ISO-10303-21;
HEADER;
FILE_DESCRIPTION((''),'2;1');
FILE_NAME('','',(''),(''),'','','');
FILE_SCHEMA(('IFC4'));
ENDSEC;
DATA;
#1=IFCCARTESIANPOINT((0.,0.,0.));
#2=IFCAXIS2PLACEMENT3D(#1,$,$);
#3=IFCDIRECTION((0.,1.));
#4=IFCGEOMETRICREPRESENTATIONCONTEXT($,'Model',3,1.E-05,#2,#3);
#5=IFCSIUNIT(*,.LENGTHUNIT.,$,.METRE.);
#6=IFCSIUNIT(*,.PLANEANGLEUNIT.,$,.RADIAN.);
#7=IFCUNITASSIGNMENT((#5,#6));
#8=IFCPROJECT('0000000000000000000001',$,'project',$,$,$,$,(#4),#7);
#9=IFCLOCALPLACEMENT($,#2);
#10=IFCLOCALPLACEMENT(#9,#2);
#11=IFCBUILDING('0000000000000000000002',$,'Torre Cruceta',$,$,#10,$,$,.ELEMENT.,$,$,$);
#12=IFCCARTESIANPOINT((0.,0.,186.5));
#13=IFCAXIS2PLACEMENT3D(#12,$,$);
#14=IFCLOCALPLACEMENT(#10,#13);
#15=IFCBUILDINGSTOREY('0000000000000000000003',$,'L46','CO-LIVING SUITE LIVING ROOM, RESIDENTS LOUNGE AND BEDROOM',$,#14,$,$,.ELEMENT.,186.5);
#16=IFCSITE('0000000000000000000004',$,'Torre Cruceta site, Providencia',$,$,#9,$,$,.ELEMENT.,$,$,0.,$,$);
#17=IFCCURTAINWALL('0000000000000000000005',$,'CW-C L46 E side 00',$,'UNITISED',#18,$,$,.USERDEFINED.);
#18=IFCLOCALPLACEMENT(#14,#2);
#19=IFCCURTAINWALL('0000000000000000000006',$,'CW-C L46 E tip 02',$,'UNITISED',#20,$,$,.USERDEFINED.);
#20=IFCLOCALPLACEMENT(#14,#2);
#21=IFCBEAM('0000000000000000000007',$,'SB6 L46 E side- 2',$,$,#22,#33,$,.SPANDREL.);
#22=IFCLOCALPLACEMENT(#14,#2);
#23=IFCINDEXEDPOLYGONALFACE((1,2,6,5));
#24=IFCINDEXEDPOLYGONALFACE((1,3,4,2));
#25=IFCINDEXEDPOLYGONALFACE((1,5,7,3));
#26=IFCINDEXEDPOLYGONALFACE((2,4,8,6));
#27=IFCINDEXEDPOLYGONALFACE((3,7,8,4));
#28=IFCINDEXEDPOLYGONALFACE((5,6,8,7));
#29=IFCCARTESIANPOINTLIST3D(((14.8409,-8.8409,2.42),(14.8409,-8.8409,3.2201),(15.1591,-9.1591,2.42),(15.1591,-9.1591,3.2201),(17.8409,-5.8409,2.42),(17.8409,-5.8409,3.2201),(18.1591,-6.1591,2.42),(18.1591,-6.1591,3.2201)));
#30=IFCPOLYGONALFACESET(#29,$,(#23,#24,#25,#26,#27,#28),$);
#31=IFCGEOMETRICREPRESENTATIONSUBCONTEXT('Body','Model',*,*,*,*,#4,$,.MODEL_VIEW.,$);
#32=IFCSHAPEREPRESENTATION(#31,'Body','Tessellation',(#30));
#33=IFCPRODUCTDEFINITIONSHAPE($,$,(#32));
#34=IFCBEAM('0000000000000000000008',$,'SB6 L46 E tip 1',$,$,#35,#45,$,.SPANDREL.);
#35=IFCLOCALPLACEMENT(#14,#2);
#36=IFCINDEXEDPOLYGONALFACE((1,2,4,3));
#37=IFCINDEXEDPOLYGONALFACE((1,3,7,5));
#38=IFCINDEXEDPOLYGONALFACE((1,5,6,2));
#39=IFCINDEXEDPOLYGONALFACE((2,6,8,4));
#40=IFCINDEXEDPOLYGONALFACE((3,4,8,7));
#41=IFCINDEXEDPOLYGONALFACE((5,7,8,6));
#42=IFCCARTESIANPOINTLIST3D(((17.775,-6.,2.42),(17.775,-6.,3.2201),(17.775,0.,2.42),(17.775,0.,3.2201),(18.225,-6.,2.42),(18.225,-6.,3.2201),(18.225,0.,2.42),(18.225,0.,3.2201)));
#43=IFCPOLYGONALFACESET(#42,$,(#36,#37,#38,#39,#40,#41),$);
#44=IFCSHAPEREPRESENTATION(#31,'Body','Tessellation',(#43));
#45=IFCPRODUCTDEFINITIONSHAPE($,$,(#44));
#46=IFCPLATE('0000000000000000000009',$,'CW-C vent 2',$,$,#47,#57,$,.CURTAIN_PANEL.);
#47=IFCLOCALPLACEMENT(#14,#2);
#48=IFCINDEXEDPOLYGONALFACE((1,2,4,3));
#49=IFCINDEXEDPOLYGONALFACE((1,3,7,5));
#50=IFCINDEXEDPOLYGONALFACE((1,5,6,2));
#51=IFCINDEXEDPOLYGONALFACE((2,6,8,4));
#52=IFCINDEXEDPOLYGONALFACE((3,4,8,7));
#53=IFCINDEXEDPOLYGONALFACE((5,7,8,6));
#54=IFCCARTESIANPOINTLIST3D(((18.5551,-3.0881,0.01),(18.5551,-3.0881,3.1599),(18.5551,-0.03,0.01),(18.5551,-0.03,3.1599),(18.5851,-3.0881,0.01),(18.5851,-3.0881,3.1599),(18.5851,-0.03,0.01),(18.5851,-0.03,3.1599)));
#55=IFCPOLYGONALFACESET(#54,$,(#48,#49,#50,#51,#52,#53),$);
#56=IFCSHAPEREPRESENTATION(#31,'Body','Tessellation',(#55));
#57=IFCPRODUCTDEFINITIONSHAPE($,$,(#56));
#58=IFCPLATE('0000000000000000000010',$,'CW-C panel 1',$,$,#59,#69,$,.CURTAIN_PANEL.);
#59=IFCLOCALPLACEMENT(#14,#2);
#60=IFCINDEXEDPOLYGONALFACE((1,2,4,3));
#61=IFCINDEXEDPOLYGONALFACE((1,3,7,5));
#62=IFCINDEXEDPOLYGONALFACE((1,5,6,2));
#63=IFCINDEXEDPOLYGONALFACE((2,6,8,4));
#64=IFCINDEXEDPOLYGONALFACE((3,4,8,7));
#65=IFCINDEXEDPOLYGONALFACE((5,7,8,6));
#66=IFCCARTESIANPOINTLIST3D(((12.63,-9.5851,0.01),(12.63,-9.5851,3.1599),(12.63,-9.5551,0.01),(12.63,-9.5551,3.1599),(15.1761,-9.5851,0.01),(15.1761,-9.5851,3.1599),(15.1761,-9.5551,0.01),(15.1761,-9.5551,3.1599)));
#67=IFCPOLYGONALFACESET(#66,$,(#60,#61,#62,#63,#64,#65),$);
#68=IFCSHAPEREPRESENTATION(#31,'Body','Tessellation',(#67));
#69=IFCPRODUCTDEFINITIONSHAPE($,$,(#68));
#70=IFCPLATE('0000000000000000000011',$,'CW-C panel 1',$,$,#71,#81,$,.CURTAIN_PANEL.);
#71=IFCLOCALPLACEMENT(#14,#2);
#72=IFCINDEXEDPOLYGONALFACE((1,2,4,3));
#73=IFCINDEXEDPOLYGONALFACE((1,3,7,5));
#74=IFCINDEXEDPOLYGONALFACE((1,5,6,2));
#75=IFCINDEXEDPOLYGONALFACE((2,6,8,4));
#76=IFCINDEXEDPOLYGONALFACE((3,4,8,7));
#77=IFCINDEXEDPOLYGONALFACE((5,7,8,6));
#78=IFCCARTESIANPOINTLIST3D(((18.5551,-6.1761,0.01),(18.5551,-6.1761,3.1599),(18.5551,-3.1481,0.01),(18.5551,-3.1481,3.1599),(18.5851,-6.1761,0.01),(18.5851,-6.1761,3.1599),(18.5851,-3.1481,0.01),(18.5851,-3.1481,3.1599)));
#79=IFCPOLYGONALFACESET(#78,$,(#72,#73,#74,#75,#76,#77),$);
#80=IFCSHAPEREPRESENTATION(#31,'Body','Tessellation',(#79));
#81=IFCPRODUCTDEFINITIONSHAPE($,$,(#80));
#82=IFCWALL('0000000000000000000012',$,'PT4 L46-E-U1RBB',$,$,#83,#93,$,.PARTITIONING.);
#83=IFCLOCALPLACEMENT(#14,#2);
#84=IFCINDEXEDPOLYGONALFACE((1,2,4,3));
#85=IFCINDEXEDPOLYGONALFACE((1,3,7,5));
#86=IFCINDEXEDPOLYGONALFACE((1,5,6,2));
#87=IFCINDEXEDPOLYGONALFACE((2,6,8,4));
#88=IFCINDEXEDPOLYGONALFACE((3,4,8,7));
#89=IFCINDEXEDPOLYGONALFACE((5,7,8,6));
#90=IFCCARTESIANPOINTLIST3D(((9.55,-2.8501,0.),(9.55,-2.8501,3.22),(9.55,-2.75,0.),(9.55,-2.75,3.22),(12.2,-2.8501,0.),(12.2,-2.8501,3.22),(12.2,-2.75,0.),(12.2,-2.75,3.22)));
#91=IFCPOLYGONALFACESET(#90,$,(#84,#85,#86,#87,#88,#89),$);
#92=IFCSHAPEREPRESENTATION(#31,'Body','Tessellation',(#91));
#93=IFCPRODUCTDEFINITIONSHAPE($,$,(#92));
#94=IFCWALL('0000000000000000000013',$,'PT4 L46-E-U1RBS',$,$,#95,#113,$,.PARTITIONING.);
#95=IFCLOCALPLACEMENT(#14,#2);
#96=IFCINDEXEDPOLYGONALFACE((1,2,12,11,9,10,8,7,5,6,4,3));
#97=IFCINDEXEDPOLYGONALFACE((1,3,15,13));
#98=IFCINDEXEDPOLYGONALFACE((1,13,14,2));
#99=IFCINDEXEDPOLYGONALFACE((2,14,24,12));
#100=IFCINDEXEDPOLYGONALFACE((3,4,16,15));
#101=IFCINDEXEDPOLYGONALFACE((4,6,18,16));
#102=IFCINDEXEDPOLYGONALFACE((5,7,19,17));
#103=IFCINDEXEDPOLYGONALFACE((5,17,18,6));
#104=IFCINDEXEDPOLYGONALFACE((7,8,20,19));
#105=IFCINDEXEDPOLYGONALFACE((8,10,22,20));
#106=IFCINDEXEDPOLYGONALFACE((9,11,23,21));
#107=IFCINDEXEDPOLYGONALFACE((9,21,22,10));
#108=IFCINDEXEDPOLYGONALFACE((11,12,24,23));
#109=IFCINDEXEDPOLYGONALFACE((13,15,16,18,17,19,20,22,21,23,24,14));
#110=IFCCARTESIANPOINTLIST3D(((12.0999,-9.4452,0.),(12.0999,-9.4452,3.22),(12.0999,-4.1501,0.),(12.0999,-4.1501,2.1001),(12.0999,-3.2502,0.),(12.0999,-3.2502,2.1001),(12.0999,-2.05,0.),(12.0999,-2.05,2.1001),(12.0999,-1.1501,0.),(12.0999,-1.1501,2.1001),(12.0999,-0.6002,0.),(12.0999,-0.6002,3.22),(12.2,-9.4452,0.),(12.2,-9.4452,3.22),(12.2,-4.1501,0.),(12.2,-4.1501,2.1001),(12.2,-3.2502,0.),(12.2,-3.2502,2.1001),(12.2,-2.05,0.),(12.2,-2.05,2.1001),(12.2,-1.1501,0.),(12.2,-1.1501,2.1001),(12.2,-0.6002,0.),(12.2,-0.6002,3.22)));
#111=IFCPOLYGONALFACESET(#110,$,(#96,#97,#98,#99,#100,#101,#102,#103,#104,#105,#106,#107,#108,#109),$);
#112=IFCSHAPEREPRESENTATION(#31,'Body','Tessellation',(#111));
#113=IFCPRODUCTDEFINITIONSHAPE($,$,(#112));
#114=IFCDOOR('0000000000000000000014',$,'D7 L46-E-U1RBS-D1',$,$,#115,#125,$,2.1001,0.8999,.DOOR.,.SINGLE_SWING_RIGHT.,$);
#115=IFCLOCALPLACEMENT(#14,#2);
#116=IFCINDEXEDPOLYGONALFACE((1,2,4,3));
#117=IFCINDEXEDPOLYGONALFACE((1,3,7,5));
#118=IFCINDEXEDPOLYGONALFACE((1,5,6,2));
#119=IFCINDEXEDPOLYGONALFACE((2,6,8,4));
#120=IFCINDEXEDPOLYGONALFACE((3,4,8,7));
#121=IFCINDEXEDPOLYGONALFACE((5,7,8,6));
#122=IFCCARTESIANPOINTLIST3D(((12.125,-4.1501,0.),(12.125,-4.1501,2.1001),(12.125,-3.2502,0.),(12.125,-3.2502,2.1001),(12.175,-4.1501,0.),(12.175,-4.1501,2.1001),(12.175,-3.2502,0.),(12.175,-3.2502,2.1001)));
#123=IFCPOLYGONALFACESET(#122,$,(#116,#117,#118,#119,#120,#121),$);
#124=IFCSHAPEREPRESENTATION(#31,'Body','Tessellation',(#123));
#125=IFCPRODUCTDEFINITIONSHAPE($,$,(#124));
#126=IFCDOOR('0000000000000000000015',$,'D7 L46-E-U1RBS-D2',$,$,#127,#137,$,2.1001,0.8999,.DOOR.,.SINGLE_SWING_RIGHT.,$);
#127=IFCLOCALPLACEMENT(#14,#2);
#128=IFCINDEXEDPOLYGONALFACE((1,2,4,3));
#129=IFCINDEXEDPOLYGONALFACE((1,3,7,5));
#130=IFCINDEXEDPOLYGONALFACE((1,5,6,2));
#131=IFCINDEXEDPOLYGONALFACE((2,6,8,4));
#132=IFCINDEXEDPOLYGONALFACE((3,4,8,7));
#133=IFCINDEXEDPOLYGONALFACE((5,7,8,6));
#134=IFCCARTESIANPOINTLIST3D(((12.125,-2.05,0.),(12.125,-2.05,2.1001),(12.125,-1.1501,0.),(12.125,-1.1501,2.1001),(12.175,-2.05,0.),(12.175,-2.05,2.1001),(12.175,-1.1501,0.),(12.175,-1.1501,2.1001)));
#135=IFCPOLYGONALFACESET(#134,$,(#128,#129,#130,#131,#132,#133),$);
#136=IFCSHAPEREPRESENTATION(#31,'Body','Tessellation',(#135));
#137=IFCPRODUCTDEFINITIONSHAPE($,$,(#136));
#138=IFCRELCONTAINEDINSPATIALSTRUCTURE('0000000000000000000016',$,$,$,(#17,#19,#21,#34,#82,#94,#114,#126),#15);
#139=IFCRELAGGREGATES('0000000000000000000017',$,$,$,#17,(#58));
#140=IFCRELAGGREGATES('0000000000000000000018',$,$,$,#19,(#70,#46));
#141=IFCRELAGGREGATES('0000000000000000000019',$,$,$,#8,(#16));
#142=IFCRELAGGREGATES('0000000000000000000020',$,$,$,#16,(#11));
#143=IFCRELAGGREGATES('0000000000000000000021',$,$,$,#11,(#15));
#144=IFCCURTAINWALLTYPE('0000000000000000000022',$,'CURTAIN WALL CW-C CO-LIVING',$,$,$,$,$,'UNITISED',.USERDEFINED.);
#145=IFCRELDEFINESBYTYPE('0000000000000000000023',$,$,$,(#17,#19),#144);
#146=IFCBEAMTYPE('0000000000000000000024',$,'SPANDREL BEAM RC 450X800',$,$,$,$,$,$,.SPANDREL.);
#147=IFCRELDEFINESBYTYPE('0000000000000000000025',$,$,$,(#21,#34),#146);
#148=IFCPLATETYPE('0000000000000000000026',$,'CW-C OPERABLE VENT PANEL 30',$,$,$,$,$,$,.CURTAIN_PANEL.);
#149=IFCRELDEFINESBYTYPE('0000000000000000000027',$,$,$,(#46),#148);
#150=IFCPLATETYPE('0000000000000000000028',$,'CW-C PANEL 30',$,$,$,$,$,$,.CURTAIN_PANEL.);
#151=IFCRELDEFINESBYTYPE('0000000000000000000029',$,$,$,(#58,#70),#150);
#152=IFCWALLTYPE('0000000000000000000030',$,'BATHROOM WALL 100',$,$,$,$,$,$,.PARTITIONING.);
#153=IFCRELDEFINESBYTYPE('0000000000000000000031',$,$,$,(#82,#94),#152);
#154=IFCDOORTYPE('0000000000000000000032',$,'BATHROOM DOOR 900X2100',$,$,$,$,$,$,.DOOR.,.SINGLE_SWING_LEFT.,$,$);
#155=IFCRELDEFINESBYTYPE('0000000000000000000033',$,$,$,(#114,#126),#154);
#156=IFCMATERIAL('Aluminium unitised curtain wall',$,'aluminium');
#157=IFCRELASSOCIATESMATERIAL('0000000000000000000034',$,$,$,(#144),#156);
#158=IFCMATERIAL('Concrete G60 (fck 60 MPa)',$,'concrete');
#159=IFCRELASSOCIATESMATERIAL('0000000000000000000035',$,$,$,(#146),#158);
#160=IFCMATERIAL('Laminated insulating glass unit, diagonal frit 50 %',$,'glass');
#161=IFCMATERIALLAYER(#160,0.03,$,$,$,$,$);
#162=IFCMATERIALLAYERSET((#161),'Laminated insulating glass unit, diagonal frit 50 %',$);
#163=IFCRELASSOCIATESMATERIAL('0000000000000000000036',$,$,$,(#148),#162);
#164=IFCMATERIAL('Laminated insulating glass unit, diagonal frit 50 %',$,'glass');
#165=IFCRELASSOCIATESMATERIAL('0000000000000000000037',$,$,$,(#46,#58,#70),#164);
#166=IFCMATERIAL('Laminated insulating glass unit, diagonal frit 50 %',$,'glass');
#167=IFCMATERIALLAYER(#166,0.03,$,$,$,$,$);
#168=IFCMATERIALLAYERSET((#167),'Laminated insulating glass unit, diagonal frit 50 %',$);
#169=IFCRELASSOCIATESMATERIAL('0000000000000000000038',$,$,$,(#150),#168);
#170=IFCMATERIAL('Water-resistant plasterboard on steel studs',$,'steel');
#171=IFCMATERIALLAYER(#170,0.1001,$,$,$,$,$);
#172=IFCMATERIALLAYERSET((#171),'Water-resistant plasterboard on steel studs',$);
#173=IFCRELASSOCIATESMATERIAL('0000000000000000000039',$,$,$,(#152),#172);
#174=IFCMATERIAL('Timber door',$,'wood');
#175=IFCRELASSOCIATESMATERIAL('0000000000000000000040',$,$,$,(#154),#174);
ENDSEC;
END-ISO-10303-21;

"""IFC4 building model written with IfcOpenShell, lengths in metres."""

from ifc_helpers import new_model, si_unit, direction, frame, frame_2d, origin, origin_2d, place, context, subcontext, project, spatial, rectangle, extrude, material, layer, layer_set, material_profile, profile_set, type_object, element, fill, aggregate, save


model = new_model("IFC4")

# Units and contexts
model_context = context("Model", 3, precision=1e-05, world=origin(), true_north=direction((0.0, 1.0)))
body_context = subcontext(model_context, "Body", "Model", "MODEL_VIEW")
ifc_project = project(units=[si_unit("LENGTHUNIT", "METRE"), si_unit("PLANEANGLEUNIT", "RADIAN")], contexts=[model_context])

# Site, building, storey
site_placement = place(None, origin())
site = spatial("IfcSite", under=ifc_project, at=site_placement, Name="Torre Cruceta site, Providencia", CompositionType="ELEMENT", RefElevation=0.0)
building_placement = place(site_placement, origin())
building = spatial("IfcBuilding", under=site, at=building_placement, Name="Torre Cruceta", CompositionType="ELEMENT")
storey_placement = place(building_placement, frame((0.0, 0.0, 186.5)))
storey = spatial("IfcBuildingStorey", under=building, at=storey_placement, Name="L46", Description="CO-LIVING SUITE LIVING ROOM, RESIDENTS LOUNGE AND BEDROOM", CompositionType="ELEMENT", Elevation=186.5)

# Curtain wall
ifc_material_1 = material(Name="Aluminium unitised curtain wall", Category="aluminium")
curtain_wall_type = type_object("IfcCurtainWallType", Name="CURTAIN WALL CW-C CO-LIVING", ElementType="UNITISED", PredefinedType="USERDEFINED", material=ifc_material_1)
curtain_wall_1_placement = place(storey_placement, origin())
curtain_wall_1 = element("IfcCurtainWall", 1, at=curtain_wall_1_placement, inside=storey, type_object=curtain_wall_type, Name="CW-C L46 E side 00", ObjectType="UNITISED", PredefinedType="USERDEFINED")

# Curtain wall
curtain_wall_2_placement = place(storey_placement, origin())
curtain_wall_2 = element("IfcCurtainWall", 2, at=curtain_wall_2_placement, inside=storey, type_object=curtain_wall_type, Name="CW-C L46 E tip 02", ObjectType="UNITISED", PredefinedType="USERDEFINED")

# Beams
ifc_material_2 = material(Name="Concrete G60 (fck 60 MPa)", Category="concrete")
ifc_material_profile_1 = material_profile(ifc_material_2, rectangle(XDim=0.45, YDim=0.8, at=origin_2d()), Name="RC 450X800")
ifc_profile_set_1 = profile_set([ifc_material_profile_1], Name="Concrete G60 (fck 60 MPa)")
beam_type_1 = type_object("IfcBeamType", Name="SPANDREL BEAM RC 450X800", PredefinedType="SPANDREL", material=ifc_profile_set_1)
beam_1_placement = place(storey_placement, frame((15.0, -9.0, 2.8201), z_axis=(0.707107, 0.707107, 0.0), x_axis=(-0.707107, 0.707107, 0.0)))
element("IfcBeam", 3, at=beam_1_placement, inside=storey, type_object=beam_type_1, Name="SB6 L46 E side- 2", PredefinedType="SPANDREL", context=body_context, shape_type="SweptSolid", body=[
    extrude(rectangle(XDim=0.45, YDim=0.8, at=origin_2d()), origin(), (0.0, 0.0, 1.0), 4.2427),
])
beam_2_placement = place(storey_placement, frame((18.0, -6.0, 2.8201), z_axis=(0.0, 1.0, 0.0), x_axis=(-1.0, 0.0, 0.0)))
element("IfcBeam", 4, at=beam_2_placement, inside=storey, type_object=beam_type_1, Name="SB6 L46 E tip 1", PredefinedType="SPANDREL", context=body_context, shape_type="SweptSolid", body=[
    extrude(rectangle(XDim=0.45, YDim=0.8, at=origin_2d()), origin(), (0.0, 0.0, 1.0), 6.0),
])

# Plates
ifc_material_3 = material(Name="Laminated insulating glass unit, diagonal frit 50 %", Category="glass")
ifc_material_4 = material(Name="Laminated insulating glass unit, diagonal frit 50 %", Category="glass")
ifc_layer_1 = layer(ifc_material_4, 0.03)
ifc_layer_set_1 = layer_set([ifc_layer_1], Name="Laminated insulating glass unit, diagonal frit 50 %")
plate_type_1 = type_object("IfcPlateType", Name="CW-C OPERABLE VENT PANEL 30", PredefinedType="CURTAIN_PANEL", material=ifc_layer_set_1)
plate_1_placement = place(storey_placement, frame((18.5701, -1.5591, 0.01), z_axis=(0.0, 0.0, 1.0), x_axis=(0.0, 1.0, 0.0)))
plate_1 = element("IfcPlate", 5, at=plate_1_placement, type_object=plate_type_1, material=ifc_material_3, Name="CW-C vent 2", PredefinedType="CURTAIN_PANEL", context=body_context, shape_type="SweptSolid", body=[
    extrude(rectangle(XDim=3.0581, YDim=0.03, at=origin_2d()), origin(), (0.0, 0.0, 1.0), 3.1499),
])
ifc_material_5 = material(Name="Laminated insulating glass unit, diagonal frit 50 %", Category="glass")
ifc_layer_2 = layer(ifc_material_5, 0.03)
ifc_layer_set_2 = layer_set([ifc_layer_2], Name="Laminated insulating glass unit, diagonal frit 50 %")
plate_type_2 = type_object("IfcPlateType", Name="CW-C PANEL 30", PredefinedType="CURTAIN_PANEL", material=ifc_layer_set_2)
plate_2_placement = place(storey_placement, frame((13.9031, -9.5701, 0.01), z_axis=(0.0, 0.0, 1.0), x_axis=(1.0, 0.0, 0.0)))
plate_2 = element("IfcPlate", 6, at=plate_2_placement, type_object=plate_type_2, material=ifc_material_3, Name="CW-C panel 1", PredefinedType="CURTAIN_PANEL", context=body_context, shape_type="SweptSolid", body=[
    extrude(rectangle(XDim=2.5461, YDim=0.03, at=origin_2d()), origin(), (0.0, 0.0, 1.0), 3.1499),
])
aggregate(curtain_wall_1, [plate_2])
plate_3_placement = place(storey_placement, frame((18.5701, -4.6621, 0.01), z_axis=(0.0, 0.0, 1.0), x_axis=(0.0, 1.0, 0.0)))
plate_3 = element("IfcPlate", 7, at=plate_3_placement, type_object=plate_type_2, material=ifc_material_3, Name="CW-C panel 1", PredefinedType="CURTAIN_PANEL", context=body_context, shape_type="SweptSolid", body=[
    extrude(rectangle(XDim=3.0281, YDim=0.03, at=origin_2d()), origin(), (0.0, 0.0, 1.0), 3.1499),
])
aggregate(curtain_wall_2, [plate_3, plate_1])

# Wall
ifc_material_6 = material(Name="Water-resistant plasterboard on steel studs", Category="steel")
ifc_layer_3 = layer(ifc_material_6, 0.1001)
ifc_layer_set_3 = layer_set([ifc_layer_3], Name="Water-resistant plasterboard on steel studs")
wall_type_1 = type_object("IfcWallType", Name="BATHROOM WALL 100", PredefinedType="PARTITIONING", material=ifc_layer_set_3)
wall_1_placement = place(storey_placement, frame((9.55, -2.8, 0.0), z_axis=(0.0, 0.0, 1.0), x_axis=(1.0, 0.0, 0.0)))
element("IfcWall", 8, at=wall_1_placement, inside=storey, type_object=wall_type_1, Name="PT4 L46-E-U1RBB", PredefinedType="PARTITIONING", context=body_context, shape_type="SweptSolid", body=[
    extrude(rectangle(XDim=2.6499, YDim=0.1001, at=frame_2d((1.325, 0.0))), origin(), (0.0, 0.0, 1.0), 3.22),
])

# Wall, openings, doors
wall_2_placement = place(storey_placement, frame((12.1499, -9.4451, 0.0), z_axis=(0.0, 0.0, 1.0), x_axis=(0.0, 1.0, 0.0)))
wall_2 = element("IfcWall", 9, at=wall_2_placement, inside=storey, type_object=wall_type_1, Name="PT4 L46-E-U1RBS", PredefinedType="PARTITIONING", context=body_context, shape_type="SweptSolid", body=[
    extrude(rectangle(XDim=8.845, YDim=0.1001, at=frame_2d((4.4224, 0.0))), origin(), (0.0, 0.0, 1.0), 3.22),
])
opening_1_placement = place(wall_2_placement, frame((5.2949, 0.0, 0.0)))
opening_1 = element("IfcOpeningElement", 10, at=opening_1_placement, cuts=wall_2, PredefinedType="OPENING", context=body_context, shape_type="SweptSolid", body=[
    extrude(rectangle(XDim=0.8999, YDim=2.1001, at=frame_2d((0.45, 1.05))), frame((0.0, 0.0601, 0.0), z_axis=(0.0, -1.0, 0.0), x_axis=(1.0, 0.0, 0.0)), (0.0, 0.0, 1.0), 0.1201),
])
opening_2_placement = place(wall_2_placement, frame((7.395, 0.0, 0.0)))
opening_2 = element("IfcOpeningElement", 11, at=opening_2_placement, cuts=wall_2, PredefinedType="OPENING", context=body_context, shape_type="SweptSolid", body=[
    extrude(rectangle(XDim=0.8999, YDim=2.1001, at=frame_2d((0.45, 1.05))), frame((0.0, 0.0601, 0.0), z_axis=(0.0, -1.0, 0.0), x_axis=(1.0, 0.0, 0.0)), (0.0, 0.0, 1.0), 0.1201),
])
ifc_material_7 = material(Name="Timber door", Category="wood")
door_type = type_object("IfcDoorType", Name="BATHROOM DOOR 900X2100", OperationType="SINGLE_SWING_LEFT", PredefinedType="DOOR", material=ifc_material_7)
door_1_placement = place(opening_1_placement, origin())
door_1 = element("IfcDoor", 12, at=door_1_placement, inside=storey, type_object=door_type, Name="D7 L46-E-U1RBS-D1", OperationType="SINGLE_SWING_RIGHT", OverallHeight=2.1001, OverallWidth=0.8999, PredefinedType="DOOR", context=body_context, shape_type="SweptSolid", body=[
    extrude(rectangle(XDim=0.8999, YDim=2.1001, at=frame_2d((0.45, 1.05))), frame((0.0, 0.0249, 0.0), z_axis=(0.0, -1.0, 0.0), x_axis=(1.0, 0.0, 0.0)), (0.0, 0.0, 1.0), 0.05),
])
fill(opening_1, door_1)
door_2_placement = place(opening_2_placement, origin())
door_2 = element("IfcDoor", 13, at=door_2_placement, inside=storey, type_object=door_type, Name="D7 L46-E-U1RBS-D2", OperationType="SINGLE_SWING_RIGHT", OverallHeight=2.1001, OverallWidth=0.8999, PredefinedType="DOOR", context=body_context, shape_type="SweptSolid", body=[
    extrude(rectangle(XDim=0.8999, YDim=2.1001, at=frame_2d((0.45, 1.05))), frame((0.0, 0.0249, 0.0), z_axis=(0.0, -1.0, 0.0), x_axis=(1.0, 0.0, 0.0)), (0.0, 0.0, 1.0), 0.05),
])
fill(opening_2, door_2)

save(model, "model.ifc")
